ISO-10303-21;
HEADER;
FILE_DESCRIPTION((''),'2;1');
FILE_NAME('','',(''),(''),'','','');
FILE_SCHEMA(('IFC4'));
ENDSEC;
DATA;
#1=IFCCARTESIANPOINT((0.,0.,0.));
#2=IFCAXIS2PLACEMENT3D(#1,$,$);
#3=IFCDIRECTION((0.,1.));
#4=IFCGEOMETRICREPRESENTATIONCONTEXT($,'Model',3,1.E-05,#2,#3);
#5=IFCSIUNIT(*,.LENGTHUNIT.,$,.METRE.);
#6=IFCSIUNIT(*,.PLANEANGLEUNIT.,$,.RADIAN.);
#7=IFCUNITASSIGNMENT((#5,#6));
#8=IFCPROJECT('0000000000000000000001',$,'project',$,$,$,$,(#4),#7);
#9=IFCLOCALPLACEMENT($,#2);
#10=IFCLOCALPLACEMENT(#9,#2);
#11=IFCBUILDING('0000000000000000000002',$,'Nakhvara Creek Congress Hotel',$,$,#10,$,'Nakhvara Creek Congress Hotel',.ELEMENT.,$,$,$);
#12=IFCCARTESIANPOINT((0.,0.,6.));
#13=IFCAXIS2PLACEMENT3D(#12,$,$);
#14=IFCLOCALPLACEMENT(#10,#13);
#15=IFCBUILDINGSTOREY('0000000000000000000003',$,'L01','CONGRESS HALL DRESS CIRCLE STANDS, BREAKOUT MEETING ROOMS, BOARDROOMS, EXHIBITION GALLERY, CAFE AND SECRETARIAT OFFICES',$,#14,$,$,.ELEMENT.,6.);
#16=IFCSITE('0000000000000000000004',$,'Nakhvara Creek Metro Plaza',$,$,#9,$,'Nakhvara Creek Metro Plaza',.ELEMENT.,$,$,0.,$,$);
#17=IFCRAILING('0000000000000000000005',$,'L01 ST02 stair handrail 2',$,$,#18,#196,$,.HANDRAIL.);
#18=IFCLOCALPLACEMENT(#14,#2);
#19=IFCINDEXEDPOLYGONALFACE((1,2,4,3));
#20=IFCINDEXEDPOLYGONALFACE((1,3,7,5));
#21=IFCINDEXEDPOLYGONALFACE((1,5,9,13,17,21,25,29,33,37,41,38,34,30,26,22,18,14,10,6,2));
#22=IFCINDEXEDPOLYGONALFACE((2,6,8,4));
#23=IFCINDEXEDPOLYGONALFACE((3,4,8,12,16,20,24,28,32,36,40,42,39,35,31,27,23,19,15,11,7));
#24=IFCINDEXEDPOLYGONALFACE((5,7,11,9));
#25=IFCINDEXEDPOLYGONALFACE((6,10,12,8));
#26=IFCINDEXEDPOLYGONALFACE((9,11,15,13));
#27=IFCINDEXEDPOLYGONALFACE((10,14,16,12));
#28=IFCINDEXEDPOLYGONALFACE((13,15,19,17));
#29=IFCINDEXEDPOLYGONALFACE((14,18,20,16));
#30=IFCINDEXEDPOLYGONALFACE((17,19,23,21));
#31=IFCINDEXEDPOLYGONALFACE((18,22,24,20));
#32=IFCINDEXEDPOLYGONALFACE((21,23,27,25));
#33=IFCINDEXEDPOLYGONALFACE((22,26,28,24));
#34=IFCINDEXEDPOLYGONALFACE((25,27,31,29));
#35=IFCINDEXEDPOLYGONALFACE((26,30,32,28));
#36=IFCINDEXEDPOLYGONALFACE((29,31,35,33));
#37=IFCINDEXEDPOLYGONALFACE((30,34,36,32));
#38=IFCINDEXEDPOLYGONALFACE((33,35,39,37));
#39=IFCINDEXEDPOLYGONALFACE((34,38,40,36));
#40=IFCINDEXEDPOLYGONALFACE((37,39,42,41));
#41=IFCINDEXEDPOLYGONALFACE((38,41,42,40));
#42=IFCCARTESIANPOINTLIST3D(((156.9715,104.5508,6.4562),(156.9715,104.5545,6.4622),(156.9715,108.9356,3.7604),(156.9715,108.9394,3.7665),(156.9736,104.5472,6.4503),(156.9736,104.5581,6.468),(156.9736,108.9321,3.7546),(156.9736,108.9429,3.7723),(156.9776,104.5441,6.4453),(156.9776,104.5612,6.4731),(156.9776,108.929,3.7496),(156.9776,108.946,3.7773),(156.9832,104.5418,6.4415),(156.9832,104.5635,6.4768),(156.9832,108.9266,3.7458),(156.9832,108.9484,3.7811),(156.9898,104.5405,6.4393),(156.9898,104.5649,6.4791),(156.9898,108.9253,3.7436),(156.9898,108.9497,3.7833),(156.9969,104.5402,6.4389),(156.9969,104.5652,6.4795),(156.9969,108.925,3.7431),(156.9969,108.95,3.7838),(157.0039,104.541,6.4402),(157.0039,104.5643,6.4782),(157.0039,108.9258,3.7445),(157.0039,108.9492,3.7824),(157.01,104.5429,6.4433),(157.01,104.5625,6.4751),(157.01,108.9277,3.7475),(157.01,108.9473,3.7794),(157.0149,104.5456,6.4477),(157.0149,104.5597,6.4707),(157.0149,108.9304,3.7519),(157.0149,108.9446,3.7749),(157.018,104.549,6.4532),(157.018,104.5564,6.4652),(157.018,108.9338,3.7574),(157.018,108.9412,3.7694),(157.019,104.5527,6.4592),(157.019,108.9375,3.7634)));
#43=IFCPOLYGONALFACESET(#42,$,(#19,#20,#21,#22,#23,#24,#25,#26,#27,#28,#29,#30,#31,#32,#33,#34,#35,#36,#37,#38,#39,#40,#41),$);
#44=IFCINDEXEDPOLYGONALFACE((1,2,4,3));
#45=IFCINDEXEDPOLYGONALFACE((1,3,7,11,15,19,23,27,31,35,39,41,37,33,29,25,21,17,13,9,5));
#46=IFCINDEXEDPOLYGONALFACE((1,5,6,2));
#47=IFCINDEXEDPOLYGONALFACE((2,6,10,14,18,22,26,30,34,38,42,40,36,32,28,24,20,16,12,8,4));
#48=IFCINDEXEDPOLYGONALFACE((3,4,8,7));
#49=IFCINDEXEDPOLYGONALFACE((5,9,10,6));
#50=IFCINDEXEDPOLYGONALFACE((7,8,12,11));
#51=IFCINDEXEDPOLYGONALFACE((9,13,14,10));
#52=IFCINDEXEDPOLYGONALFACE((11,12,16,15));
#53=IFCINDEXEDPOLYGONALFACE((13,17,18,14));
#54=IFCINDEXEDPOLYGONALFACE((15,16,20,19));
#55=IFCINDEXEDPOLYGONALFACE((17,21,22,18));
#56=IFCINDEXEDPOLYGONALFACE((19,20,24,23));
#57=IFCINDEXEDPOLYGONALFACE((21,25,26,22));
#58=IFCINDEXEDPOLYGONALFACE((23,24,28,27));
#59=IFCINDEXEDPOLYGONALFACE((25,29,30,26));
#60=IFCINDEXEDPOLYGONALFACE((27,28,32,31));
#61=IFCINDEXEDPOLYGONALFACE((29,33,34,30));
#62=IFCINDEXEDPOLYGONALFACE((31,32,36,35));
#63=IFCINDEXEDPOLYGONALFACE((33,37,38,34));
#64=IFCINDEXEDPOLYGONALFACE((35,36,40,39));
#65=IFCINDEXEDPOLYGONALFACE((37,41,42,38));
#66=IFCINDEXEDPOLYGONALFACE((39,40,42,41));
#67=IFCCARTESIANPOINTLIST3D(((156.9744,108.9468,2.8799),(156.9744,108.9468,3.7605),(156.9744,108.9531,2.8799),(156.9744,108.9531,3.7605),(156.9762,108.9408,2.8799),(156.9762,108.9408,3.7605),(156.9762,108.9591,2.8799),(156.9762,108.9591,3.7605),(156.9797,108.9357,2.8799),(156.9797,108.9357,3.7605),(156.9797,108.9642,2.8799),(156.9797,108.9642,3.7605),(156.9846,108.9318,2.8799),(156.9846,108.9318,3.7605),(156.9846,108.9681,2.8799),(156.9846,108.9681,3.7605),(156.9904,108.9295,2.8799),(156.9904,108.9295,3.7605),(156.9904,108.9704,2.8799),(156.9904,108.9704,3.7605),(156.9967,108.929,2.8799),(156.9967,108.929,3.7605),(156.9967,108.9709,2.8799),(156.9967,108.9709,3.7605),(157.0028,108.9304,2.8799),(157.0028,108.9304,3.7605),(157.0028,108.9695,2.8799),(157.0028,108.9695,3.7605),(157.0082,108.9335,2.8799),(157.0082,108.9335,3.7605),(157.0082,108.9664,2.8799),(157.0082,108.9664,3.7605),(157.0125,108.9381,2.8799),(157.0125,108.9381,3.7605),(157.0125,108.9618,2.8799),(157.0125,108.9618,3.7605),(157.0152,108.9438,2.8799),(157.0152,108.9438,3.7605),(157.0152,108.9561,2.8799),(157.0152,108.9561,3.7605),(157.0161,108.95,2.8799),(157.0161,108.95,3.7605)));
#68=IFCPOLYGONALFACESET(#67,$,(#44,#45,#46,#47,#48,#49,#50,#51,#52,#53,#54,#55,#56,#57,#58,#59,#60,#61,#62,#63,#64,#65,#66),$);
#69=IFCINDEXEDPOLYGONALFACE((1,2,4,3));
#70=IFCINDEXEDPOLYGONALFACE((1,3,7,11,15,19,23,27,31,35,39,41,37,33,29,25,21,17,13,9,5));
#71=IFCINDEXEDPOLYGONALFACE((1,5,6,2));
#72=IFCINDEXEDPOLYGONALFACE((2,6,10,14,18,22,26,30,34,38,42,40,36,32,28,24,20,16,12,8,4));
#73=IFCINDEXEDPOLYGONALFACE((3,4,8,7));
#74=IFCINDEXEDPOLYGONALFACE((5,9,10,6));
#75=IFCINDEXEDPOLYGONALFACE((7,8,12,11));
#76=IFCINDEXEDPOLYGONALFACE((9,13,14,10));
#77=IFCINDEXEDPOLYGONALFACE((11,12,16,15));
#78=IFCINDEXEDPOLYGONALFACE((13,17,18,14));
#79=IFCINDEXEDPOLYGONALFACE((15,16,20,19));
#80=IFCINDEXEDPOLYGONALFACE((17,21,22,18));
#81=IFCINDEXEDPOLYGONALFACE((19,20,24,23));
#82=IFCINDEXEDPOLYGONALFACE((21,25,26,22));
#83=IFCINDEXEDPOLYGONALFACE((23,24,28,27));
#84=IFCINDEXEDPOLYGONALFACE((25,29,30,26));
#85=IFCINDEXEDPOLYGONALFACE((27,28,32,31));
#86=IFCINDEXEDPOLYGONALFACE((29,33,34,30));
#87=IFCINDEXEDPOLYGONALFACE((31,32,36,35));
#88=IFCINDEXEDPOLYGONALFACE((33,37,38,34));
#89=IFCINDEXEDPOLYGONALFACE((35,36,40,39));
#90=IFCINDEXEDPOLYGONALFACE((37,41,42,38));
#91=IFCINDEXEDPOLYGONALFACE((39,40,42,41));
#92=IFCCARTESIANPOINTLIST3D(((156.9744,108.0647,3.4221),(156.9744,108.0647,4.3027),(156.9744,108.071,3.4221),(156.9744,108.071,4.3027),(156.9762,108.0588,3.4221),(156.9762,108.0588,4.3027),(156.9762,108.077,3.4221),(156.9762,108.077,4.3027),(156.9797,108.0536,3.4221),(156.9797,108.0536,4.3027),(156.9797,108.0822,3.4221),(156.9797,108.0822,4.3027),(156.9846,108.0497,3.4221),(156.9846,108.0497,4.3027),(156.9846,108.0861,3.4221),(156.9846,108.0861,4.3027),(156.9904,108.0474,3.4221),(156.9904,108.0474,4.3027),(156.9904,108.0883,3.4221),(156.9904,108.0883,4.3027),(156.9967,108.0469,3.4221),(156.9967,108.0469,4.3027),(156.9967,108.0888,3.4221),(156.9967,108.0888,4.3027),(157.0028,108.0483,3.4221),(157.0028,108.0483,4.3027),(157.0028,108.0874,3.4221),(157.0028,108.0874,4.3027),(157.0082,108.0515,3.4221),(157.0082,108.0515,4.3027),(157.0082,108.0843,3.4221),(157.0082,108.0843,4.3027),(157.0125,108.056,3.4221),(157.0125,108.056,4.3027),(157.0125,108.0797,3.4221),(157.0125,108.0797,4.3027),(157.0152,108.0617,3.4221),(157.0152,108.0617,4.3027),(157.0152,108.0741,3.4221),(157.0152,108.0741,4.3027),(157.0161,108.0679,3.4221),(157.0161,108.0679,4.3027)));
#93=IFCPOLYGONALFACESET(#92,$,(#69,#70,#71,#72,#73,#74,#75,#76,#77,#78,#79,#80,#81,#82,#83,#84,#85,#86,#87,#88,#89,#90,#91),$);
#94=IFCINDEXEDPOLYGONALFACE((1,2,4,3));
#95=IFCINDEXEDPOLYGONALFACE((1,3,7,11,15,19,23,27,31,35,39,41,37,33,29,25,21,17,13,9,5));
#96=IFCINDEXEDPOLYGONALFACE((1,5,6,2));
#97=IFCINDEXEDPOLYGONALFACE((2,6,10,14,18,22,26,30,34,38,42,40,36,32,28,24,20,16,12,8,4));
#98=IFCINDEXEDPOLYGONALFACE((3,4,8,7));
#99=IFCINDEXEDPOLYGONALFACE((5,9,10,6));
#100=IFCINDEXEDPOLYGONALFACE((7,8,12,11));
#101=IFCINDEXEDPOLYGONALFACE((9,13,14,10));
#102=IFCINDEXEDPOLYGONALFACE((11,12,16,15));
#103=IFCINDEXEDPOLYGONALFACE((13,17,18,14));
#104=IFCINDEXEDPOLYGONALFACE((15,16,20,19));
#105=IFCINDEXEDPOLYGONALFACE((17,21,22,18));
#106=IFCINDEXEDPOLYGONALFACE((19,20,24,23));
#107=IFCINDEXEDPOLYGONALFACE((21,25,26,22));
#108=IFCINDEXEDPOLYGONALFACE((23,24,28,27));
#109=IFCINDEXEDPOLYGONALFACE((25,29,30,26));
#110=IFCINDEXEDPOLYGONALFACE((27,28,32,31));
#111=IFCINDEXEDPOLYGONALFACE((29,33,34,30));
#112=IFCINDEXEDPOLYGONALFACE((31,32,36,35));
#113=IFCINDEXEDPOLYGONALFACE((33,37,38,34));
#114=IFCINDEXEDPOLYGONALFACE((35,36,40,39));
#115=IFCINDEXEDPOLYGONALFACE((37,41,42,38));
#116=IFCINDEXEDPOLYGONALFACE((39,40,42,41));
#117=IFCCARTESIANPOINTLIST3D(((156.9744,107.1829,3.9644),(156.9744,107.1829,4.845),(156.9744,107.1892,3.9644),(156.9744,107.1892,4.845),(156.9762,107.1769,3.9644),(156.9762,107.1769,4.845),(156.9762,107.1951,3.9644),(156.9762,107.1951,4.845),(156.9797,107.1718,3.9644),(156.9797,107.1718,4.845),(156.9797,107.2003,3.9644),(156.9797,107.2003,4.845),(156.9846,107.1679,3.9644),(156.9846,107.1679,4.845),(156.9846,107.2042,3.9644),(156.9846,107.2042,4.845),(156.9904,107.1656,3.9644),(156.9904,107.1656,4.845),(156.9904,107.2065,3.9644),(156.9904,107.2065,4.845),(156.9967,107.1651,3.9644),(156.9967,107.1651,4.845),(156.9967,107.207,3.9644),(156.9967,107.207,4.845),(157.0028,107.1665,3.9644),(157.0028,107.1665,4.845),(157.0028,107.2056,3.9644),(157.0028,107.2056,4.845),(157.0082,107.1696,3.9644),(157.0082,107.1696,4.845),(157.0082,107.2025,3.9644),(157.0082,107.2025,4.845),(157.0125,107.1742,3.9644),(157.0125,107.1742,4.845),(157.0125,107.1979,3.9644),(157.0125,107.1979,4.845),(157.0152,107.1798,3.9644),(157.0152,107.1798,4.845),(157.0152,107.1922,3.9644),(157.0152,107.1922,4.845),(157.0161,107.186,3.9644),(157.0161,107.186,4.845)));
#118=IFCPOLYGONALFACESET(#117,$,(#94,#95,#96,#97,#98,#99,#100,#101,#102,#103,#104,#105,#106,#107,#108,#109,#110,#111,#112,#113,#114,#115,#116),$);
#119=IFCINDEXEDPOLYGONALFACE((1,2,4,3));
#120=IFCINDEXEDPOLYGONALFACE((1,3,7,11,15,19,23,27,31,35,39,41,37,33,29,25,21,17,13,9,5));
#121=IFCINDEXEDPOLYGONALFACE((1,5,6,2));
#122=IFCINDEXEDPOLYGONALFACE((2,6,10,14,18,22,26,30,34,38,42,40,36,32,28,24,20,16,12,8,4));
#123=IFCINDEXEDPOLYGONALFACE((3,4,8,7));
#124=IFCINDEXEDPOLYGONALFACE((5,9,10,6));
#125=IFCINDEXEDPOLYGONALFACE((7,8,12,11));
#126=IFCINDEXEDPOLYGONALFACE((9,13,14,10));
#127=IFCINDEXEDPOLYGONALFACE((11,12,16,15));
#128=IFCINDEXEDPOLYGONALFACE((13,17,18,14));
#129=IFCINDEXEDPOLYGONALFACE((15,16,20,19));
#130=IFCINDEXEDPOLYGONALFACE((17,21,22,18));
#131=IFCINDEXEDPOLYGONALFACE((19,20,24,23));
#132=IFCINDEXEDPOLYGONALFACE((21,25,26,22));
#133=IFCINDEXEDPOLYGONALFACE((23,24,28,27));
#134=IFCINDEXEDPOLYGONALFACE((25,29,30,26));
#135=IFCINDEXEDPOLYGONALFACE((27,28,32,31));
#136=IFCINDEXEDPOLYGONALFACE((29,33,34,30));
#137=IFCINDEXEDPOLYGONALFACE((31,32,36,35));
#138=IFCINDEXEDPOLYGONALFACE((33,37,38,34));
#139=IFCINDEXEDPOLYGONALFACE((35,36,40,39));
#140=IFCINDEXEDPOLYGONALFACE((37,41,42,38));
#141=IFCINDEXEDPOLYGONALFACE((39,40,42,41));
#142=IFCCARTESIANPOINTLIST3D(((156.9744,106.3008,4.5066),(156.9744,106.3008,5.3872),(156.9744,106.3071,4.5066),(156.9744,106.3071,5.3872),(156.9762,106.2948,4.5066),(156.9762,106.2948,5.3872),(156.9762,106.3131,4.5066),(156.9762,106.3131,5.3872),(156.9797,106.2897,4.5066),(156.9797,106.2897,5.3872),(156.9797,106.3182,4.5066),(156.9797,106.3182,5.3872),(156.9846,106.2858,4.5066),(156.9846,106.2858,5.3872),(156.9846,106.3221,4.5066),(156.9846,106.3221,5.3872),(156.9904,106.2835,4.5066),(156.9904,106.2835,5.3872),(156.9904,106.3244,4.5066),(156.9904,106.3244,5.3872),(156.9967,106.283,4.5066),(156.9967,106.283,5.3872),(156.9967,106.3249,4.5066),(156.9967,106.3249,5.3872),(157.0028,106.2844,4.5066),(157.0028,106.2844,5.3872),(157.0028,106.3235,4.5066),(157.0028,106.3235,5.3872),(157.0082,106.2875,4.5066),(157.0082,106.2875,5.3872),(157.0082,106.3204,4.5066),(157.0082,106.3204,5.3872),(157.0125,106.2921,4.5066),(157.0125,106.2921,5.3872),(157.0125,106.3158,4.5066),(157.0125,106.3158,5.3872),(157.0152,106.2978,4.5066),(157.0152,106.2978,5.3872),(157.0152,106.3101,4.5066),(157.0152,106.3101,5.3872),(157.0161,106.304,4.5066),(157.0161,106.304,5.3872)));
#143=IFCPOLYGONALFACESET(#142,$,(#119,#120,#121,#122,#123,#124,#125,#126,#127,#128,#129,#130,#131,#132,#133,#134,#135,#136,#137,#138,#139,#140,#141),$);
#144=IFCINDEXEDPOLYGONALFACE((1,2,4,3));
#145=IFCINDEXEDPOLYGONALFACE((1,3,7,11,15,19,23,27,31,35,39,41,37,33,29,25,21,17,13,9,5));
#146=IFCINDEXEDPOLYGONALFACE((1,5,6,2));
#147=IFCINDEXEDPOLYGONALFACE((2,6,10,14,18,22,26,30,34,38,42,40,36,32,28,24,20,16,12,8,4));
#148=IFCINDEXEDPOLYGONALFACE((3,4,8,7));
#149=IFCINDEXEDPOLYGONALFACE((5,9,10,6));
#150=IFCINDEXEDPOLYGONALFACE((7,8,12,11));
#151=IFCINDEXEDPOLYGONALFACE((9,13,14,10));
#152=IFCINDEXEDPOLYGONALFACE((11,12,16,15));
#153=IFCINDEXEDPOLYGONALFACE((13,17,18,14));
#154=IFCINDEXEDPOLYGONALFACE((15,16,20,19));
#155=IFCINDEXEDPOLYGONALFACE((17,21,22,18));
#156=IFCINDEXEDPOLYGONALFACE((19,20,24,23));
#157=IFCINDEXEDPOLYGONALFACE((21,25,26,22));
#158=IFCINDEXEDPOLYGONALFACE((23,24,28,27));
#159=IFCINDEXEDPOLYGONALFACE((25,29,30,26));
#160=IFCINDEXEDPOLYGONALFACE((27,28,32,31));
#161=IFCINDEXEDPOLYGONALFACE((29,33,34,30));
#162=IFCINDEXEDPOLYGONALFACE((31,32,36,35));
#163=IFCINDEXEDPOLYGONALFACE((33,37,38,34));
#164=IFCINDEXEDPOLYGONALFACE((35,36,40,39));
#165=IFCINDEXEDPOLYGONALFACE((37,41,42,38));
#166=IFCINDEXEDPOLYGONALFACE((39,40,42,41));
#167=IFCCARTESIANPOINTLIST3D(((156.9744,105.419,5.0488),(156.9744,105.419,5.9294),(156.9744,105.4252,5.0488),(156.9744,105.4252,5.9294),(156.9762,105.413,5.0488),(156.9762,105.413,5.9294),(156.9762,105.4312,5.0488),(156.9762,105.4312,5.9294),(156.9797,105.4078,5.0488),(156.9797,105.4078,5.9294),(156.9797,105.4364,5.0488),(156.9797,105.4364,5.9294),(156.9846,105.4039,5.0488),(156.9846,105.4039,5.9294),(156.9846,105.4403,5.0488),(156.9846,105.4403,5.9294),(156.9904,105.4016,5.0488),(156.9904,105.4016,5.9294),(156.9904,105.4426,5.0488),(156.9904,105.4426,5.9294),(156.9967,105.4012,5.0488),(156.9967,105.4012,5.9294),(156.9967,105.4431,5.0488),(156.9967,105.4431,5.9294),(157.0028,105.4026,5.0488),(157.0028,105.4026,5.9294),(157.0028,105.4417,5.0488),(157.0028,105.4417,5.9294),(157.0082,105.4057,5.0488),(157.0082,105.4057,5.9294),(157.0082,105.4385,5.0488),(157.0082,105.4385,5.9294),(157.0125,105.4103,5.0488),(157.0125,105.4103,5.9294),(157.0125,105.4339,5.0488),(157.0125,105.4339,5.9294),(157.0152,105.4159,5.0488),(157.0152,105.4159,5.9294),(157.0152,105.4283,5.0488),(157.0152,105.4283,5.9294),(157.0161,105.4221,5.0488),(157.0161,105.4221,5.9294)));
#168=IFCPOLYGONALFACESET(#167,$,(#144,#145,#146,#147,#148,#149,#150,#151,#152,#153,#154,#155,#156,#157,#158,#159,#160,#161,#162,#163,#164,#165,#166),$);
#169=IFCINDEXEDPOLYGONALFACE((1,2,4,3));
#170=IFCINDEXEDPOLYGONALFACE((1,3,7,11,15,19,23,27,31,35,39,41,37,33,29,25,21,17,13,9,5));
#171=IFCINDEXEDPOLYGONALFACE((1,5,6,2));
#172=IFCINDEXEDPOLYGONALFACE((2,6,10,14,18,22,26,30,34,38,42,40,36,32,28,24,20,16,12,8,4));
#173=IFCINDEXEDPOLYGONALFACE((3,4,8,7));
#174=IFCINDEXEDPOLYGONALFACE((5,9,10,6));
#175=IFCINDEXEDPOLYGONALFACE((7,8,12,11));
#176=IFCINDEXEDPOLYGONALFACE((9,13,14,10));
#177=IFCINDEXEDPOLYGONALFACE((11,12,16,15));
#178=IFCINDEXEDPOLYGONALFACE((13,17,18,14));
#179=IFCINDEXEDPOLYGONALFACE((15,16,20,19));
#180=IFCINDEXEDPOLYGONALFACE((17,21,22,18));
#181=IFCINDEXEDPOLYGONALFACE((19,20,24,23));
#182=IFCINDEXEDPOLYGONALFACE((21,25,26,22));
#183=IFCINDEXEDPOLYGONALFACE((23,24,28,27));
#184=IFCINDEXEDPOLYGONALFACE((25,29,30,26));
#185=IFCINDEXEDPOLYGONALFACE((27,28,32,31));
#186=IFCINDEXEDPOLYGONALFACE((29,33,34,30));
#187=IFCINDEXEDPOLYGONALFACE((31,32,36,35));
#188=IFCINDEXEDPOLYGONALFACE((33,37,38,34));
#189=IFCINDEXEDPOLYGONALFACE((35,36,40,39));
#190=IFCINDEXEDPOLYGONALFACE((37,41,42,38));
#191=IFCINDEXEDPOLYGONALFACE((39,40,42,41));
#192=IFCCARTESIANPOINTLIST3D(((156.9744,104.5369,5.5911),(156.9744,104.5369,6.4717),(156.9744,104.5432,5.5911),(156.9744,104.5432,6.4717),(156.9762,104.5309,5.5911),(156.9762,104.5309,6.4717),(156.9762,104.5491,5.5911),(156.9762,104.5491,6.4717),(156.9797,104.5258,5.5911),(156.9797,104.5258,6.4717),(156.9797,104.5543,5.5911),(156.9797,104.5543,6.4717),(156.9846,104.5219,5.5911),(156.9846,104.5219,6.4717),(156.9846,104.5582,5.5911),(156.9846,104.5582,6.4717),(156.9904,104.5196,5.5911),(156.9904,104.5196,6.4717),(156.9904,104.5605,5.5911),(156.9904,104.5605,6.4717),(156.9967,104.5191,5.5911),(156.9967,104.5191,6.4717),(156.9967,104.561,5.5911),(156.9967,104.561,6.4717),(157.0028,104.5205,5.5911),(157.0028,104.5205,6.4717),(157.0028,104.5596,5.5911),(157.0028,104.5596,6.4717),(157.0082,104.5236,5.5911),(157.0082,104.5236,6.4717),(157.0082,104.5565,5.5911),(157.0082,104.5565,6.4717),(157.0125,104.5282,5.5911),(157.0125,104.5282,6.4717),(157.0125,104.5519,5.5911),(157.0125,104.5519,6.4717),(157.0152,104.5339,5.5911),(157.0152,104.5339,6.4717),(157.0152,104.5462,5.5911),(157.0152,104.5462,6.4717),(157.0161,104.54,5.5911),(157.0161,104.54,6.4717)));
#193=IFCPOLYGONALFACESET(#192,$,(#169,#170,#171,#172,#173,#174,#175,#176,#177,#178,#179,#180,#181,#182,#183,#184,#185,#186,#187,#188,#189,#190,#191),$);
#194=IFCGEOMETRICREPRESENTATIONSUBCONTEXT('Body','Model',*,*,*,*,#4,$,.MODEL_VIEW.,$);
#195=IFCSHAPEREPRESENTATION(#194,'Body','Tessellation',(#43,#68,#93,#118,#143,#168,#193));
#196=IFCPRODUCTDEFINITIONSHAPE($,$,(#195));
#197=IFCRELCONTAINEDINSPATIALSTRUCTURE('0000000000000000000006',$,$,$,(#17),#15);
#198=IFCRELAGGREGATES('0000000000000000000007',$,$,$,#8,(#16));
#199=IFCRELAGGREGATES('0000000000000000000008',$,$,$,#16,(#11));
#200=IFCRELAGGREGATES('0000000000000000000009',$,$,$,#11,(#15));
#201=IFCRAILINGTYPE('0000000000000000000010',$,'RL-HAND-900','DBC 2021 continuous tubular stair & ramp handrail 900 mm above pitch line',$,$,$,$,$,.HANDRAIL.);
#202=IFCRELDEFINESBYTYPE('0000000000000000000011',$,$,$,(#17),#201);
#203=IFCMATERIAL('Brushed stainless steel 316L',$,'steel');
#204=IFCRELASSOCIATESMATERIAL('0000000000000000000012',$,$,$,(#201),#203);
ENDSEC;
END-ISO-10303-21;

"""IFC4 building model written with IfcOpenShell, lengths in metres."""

from ifc_helpers import new_model, si_unit, direction, frame, origin, origin_2d, place, context, subcontext, project, spatial, circle, extrude, material, type_object, element, save


model = new_model("IFC4")

# Units and contexts
model_context = context("Model", 3, precision=1e-05, world=origin(), true_north=direction((0.0, 1.0)))
body_context = subcontext(model_context, "Body", "Model", "MODEL_VIEW")
ifc_project = project(units=[si_unit("LENGTHUNIT", "METRE"), si_unit("PLANEANGLEUNIT", "RADIAN")], contexts=[model_context])

# Site, building, storey
site_placement = place(None, origin())
site = spatial("IfcSite", under=ifc_project, at=site_placement, Name="Nakhvara Creek Metro Plaza", LongName="Nakhvara Creek Metro Plaza", CompositionType="ELEMENT", RefElevation=0.0)
building_placement = place(site_placement, origin())
building = spatial("IfcBuilding", under=site, at=building_placement, Name="Nakhvara Creek Congress Hotel", LongName="Nakhvara Creek Congress Hotel", CompositionType="ELEMENT")
storey_placement = place(building_placement, frame((0.0, 0.0, 6.0)))
storey = spatial("IfcBuildingStorey", under=building, at=storey_placement, Name="L01", Description="CONGRESS HALL DRESS CIRCLE STANDS, BREAKOUT MEETING ROOMS, BOARDROOMS, EXHIBITION GALLERY, CAFE AND SECRETARIAT OFFICES", CompositionType="ELEMENT", Elevation=6.0)

# Railing
ifc_material_1 = material(Name="Brushed stainless steel 316L", Category="steel")
railing_type_1 = type_object("IfcRailingType", Name="RL-HAND-900", Description="DBC 2021 continuous tubular stair & ramp handrail 900 mm above pitch line", PredefinedType="HANDRAIL", material=ifc_material_1)
railing_1_placement = place(storey_placement, frame((156.9951, 108.95, 2.8799)))
element("IfcRailing", 1, at=railing_1_placement, inside=storey, type_object=railing_type_1, Name="L01 ST02 stair handrail 2", PredefinedType="HANDRAIL", context=body_context, shape_type="SweptSolid", body=[
    extrude(circle(Radius=0.0239, at=origin_2d()), frame((0.0, -0.0125, 0.8835), z_axis=(0.0, -0.851883, 0.523732), x_axis=(1.0, 0.0, 0.0)), (0.0, 0.0, 1.0), 5.1472),
    extrude(circle(Radius=0.021, at=origin_2d()), origin(), (0.0, 0.0, 1.0), 0.8806),
    extrude(circle(Radius=0.021, at=origin_2d()), frame((0.0, -0.8821, 0.5422)), (0.0, 0.0, 1.0), 0.8806),
    extrude(circle(Radius=0.021, at=origin_2d()), frame((0.0, -1.7639, 1.0845)), (0.0, 0.0, 1.0), 0.8806),
    extrude(circle(Radius=0.021, at=origin_2d()), frame((0.0, -2.646, 1.6267)), (0.0, 0.0, 1.0), 0.8806),
    extrude(circle(Radius=0.021, at=origin_2d()), frame((0.0, -3.5278, 2.1689)), (0.0, 0.0, 1.0), 0.8806),
    extrude(circle(Radius=0.021, at=origin_2d()), frame((0.0, -4.4099, 2.7112)), (0.0, 0.0, 1.0), 0.8806),
])

save(model, "model.ifc")
